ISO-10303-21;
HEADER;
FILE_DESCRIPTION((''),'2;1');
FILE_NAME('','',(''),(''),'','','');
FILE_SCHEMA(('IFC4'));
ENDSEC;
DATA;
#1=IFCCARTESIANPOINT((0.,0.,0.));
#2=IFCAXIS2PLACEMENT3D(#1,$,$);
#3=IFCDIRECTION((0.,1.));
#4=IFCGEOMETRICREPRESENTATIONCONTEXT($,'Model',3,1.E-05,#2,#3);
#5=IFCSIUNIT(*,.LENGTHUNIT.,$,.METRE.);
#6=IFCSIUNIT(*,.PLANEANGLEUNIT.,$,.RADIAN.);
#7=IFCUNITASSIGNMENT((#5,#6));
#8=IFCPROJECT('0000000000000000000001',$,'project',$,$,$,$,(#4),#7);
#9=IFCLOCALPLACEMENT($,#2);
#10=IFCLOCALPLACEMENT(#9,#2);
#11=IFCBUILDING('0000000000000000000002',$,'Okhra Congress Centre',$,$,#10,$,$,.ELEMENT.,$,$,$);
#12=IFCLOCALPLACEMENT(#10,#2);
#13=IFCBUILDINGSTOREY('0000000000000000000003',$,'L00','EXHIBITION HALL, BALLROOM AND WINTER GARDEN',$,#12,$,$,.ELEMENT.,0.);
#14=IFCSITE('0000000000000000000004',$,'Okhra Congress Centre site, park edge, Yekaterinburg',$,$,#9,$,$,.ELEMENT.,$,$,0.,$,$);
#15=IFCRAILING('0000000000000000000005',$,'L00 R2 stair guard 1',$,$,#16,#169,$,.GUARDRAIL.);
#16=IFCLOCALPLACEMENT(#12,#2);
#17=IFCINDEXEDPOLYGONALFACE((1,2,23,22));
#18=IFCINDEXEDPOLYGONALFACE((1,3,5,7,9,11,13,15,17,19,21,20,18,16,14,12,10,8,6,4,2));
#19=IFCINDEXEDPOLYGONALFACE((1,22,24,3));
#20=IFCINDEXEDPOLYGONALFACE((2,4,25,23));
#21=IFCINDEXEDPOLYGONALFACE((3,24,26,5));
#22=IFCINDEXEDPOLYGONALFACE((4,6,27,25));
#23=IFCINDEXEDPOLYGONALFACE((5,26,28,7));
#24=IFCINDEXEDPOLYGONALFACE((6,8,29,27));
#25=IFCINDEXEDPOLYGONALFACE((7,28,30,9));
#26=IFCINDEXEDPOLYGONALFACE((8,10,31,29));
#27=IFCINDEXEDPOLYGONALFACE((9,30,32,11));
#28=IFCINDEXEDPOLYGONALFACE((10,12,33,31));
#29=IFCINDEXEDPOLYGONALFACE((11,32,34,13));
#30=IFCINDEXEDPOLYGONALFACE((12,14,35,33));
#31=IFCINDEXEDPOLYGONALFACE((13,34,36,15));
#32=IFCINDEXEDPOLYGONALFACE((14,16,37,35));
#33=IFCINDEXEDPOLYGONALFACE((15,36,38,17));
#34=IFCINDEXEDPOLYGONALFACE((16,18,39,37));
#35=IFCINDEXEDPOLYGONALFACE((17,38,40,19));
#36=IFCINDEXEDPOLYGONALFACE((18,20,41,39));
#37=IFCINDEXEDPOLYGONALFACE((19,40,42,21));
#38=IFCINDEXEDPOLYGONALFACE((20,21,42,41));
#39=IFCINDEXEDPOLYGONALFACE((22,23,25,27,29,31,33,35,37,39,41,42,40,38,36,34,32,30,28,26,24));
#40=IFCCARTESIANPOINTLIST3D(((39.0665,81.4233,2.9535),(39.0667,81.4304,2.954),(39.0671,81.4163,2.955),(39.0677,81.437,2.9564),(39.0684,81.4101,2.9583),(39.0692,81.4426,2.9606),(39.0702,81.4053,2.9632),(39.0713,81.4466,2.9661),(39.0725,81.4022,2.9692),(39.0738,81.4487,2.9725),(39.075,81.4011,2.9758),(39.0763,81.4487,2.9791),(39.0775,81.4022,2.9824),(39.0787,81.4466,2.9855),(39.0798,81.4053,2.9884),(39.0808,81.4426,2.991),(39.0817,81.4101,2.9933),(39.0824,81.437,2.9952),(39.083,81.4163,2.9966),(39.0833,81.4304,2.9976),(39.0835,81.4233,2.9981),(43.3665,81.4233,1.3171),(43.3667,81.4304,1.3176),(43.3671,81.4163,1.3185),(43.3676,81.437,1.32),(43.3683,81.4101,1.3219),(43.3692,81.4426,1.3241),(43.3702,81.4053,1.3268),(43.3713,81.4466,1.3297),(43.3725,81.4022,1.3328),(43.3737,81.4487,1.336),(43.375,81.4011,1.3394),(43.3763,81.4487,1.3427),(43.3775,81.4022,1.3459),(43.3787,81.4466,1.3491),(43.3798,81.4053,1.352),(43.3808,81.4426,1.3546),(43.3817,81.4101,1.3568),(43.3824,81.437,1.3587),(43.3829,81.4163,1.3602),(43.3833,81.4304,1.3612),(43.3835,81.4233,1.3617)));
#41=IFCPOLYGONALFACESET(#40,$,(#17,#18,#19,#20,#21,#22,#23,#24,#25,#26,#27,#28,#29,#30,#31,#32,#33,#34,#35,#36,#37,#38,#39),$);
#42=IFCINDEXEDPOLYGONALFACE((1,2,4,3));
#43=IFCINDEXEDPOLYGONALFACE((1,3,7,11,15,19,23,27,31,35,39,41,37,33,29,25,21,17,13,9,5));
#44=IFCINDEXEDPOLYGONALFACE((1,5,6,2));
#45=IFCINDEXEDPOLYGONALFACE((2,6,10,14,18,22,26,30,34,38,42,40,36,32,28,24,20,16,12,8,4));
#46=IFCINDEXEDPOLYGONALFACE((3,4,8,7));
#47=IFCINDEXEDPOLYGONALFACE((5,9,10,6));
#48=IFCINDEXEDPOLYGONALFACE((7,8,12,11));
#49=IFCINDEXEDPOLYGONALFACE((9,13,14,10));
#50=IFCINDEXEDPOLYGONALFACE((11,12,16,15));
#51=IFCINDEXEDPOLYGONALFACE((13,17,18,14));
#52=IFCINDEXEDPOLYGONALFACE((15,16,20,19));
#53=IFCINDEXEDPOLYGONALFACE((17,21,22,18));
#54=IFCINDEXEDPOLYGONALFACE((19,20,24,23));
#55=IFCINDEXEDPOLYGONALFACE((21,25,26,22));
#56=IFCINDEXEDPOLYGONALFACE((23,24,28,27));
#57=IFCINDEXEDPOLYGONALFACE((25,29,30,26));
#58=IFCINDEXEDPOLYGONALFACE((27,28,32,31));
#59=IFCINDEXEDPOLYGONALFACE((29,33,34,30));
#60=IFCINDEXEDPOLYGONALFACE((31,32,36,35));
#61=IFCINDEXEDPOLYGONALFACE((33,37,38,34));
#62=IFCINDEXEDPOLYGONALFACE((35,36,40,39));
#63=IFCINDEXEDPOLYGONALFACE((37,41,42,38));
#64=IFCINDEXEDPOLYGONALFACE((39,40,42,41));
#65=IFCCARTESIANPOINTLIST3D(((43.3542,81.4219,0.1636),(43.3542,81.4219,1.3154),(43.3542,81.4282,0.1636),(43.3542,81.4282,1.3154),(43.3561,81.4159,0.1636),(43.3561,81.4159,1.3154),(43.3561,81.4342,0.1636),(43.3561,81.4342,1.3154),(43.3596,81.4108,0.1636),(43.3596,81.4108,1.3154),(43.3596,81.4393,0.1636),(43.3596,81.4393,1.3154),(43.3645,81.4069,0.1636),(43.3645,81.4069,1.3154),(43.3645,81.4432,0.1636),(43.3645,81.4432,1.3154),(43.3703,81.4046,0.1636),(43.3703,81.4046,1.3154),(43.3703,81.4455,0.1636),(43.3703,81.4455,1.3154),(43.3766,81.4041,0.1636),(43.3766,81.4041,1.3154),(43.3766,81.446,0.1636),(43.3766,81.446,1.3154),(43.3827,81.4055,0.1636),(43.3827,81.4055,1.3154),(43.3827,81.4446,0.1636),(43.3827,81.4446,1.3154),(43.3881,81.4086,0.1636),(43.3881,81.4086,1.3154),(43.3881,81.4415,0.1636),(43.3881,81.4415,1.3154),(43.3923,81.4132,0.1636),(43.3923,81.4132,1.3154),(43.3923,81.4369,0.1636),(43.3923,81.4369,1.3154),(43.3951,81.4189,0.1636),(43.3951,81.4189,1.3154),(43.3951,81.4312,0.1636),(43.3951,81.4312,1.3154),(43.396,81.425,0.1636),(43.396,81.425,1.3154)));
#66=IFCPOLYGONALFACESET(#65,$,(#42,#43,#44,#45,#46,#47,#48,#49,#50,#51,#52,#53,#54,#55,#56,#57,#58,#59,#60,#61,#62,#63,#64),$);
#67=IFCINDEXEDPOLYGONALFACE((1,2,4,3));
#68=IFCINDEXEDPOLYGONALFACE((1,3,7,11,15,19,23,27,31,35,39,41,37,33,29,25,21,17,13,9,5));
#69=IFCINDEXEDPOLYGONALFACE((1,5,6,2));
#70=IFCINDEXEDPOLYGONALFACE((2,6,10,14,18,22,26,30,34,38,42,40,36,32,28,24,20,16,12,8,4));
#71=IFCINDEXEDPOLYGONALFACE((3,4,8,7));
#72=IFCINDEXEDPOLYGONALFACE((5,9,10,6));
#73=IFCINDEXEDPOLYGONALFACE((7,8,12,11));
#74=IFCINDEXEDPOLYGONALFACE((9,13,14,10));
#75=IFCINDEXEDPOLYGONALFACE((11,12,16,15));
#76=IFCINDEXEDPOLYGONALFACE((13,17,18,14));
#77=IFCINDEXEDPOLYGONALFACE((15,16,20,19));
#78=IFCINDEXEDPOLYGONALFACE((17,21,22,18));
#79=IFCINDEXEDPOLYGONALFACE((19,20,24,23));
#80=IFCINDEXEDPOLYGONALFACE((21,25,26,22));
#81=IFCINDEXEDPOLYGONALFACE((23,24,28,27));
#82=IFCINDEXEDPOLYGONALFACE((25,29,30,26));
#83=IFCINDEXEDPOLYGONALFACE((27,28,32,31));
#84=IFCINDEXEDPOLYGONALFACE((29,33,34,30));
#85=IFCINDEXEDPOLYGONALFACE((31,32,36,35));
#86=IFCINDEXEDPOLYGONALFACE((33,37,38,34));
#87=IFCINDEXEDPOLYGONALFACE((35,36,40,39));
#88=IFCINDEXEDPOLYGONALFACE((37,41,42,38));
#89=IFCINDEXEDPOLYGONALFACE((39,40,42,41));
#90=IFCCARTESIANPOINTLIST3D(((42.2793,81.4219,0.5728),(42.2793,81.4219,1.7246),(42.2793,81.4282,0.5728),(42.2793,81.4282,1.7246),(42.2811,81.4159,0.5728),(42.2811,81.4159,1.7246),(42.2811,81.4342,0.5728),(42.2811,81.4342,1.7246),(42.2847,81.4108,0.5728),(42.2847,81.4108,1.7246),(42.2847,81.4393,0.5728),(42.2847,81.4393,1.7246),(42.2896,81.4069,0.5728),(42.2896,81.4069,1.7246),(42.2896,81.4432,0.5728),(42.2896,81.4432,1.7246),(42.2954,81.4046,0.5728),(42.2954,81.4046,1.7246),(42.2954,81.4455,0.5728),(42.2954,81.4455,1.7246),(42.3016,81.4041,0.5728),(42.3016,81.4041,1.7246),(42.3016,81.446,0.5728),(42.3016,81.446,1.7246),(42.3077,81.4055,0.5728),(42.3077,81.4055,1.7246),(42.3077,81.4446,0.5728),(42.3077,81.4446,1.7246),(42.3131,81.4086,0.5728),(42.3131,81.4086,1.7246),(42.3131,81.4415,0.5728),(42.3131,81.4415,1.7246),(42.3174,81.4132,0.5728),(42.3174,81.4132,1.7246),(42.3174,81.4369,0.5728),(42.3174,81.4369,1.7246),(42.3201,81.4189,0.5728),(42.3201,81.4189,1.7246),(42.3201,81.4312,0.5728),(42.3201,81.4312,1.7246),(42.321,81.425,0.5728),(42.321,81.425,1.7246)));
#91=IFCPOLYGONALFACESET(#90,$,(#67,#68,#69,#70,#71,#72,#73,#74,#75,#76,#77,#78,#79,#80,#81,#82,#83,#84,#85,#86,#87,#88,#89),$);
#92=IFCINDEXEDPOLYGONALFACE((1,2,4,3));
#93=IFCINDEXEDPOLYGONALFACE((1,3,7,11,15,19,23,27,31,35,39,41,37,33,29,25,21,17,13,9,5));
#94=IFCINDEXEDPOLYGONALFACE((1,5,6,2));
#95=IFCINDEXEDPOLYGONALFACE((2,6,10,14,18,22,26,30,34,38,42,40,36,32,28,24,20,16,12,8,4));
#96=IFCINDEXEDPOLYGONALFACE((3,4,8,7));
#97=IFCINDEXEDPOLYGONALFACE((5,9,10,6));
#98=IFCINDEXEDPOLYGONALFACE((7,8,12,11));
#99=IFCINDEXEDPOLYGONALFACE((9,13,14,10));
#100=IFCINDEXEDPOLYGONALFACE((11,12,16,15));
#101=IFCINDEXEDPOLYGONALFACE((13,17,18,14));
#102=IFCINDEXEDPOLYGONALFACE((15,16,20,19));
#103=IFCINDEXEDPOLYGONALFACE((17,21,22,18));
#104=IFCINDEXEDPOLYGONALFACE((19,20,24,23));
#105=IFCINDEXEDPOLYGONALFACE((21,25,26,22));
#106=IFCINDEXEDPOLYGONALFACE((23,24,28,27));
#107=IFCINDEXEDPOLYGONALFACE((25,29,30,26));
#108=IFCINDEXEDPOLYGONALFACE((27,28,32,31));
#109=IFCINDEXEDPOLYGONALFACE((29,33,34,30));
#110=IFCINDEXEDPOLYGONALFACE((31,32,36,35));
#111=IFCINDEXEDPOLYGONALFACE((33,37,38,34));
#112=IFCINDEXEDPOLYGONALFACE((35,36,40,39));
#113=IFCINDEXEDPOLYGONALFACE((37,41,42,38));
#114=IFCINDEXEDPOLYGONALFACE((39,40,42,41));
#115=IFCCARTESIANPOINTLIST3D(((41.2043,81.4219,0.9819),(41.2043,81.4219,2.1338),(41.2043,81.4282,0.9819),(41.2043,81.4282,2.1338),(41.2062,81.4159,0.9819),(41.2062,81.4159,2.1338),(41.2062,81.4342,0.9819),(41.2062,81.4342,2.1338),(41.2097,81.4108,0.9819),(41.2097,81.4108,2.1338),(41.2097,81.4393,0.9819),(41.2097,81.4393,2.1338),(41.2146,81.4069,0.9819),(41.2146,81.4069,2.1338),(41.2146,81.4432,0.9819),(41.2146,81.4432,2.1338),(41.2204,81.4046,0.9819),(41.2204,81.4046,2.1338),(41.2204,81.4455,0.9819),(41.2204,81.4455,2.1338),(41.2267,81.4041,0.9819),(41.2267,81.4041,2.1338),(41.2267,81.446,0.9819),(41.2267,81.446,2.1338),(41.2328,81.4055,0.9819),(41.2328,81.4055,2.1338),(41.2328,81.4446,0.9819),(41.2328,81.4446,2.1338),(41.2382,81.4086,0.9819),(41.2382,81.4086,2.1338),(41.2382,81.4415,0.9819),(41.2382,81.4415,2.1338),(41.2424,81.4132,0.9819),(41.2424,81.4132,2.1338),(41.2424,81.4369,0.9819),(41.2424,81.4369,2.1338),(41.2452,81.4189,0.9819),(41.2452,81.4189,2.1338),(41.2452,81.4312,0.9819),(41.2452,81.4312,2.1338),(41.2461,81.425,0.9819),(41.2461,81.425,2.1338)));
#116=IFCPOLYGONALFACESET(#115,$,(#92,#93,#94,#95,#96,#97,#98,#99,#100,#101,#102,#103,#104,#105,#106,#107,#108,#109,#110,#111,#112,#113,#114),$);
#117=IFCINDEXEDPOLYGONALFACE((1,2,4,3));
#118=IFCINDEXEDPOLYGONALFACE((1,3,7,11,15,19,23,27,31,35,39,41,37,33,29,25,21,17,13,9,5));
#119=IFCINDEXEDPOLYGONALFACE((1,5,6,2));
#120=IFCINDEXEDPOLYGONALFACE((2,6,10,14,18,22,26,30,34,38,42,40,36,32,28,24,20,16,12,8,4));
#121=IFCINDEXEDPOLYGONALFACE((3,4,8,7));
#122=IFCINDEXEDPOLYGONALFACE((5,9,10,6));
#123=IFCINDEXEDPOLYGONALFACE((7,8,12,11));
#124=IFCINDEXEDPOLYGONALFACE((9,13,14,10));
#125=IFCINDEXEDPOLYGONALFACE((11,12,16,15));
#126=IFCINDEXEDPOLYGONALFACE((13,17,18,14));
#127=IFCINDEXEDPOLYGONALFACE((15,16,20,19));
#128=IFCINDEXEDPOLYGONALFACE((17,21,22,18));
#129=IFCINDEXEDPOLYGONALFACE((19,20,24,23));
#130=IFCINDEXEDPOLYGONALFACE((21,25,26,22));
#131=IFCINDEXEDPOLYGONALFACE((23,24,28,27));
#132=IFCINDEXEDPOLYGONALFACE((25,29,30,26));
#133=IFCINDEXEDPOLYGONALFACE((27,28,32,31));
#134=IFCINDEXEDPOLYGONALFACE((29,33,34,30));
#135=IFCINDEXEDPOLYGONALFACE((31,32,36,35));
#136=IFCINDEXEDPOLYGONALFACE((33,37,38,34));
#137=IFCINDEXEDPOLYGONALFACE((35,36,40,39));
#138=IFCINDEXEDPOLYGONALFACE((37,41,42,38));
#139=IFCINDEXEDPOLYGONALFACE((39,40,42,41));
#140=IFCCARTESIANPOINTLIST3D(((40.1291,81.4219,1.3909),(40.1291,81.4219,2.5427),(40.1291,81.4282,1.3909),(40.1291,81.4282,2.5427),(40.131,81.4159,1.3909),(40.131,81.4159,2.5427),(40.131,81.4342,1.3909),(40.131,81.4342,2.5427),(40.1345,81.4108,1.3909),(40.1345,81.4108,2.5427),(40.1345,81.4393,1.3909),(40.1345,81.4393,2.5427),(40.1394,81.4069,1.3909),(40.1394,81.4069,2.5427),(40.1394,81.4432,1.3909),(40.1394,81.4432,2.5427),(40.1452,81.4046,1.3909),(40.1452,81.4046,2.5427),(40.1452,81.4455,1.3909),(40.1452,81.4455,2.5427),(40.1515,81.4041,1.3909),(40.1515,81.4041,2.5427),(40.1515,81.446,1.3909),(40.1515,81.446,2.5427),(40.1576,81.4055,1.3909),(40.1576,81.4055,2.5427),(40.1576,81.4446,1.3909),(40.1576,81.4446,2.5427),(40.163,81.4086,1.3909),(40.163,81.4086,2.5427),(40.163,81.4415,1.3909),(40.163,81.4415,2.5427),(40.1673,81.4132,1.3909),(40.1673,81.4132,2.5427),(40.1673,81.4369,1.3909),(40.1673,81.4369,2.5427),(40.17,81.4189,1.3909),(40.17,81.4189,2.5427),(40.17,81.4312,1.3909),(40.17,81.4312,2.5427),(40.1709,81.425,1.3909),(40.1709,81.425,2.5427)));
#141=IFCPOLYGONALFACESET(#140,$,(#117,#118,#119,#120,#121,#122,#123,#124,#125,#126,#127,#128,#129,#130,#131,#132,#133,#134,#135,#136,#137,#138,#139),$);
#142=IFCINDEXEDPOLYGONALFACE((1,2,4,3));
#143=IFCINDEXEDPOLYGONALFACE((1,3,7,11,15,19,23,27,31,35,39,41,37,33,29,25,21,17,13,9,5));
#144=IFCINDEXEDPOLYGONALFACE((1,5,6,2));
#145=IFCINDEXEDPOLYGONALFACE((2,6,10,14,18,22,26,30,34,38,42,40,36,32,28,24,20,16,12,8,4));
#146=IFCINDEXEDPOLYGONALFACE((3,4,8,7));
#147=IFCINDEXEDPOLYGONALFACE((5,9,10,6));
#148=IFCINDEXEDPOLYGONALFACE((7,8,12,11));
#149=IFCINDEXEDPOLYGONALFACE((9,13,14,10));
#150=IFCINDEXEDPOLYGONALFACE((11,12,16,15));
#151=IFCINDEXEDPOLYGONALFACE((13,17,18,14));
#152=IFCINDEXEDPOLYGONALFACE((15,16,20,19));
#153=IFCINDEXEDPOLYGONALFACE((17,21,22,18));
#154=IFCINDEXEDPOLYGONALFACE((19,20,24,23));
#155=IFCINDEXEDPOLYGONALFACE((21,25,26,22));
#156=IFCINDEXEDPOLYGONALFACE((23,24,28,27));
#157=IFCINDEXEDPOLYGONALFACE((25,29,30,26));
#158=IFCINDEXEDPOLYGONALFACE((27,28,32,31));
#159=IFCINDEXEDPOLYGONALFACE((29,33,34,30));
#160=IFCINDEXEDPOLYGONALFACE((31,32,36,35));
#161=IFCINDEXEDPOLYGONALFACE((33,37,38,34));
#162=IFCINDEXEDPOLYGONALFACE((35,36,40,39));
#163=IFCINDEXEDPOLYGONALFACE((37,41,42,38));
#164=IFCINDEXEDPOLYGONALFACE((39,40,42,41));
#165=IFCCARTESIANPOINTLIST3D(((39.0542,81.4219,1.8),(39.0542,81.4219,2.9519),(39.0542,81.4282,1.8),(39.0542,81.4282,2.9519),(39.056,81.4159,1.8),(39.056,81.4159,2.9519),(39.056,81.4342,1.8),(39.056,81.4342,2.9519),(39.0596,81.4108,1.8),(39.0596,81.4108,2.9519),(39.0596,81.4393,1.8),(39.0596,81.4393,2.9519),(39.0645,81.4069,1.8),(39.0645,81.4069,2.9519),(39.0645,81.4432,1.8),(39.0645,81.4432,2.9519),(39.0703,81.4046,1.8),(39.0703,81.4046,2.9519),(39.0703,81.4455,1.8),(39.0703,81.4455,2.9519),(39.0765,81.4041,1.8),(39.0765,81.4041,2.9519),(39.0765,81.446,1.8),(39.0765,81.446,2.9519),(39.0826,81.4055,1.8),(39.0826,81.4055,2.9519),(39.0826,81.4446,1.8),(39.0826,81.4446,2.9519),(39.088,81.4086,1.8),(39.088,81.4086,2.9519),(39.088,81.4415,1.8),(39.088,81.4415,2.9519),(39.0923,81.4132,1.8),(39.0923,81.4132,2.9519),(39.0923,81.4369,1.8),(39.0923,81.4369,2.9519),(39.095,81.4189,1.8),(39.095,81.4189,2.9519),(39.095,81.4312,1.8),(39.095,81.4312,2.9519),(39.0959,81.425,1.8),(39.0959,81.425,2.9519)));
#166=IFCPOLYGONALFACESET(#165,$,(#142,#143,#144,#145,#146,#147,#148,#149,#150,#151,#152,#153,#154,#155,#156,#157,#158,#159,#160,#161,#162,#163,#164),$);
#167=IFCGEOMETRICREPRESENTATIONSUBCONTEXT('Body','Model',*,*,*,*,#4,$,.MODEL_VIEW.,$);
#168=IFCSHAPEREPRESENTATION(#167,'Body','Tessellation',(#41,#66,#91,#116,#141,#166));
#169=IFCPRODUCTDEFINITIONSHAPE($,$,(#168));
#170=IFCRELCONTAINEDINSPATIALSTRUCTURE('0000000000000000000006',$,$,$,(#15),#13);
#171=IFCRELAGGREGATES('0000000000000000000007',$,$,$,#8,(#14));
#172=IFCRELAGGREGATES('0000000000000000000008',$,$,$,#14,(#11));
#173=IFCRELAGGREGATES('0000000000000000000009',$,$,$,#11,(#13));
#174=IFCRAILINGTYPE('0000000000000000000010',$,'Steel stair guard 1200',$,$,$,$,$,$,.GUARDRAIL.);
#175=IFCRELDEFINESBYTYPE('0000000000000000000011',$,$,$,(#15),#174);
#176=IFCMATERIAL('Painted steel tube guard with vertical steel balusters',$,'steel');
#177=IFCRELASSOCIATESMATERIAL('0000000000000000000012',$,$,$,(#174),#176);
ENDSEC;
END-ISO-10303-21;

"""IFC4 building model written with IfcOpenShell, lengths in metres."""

from ifc_helpers import new_model, si_unit, direction, frame, origin, origin_2d, place, context, subcontext, project, spatial, circle, extrude, material, type_object, element, save


model = new_model("IFC4")

# Units and contexts
model_context = context("Model", 3, precision=1e-05, world=origin(), true_north=direction((0.0, 1.0)))
body_context = subcontext(model_context, "Body", "Model", "MODEL_VIEW")
ifc_project = project(units=[si_unit("LENGTHUNIT", "METRE"), si_unit("PLANEANGLEUNIT", "RADIAN")], contexts=[model_context])

# Site, building, storey
site_placement = place(None, origin())
site = spatial("IfcSite", under=ifc_project, at=site_placement, Name="Okhra Congress Centre site, park edge, Yekaterinburg", CompositionType="ELEMENT", RefElevation=0.0)
building_placement = place(site_placement, origin())
building = spatial("IfcBuilding", under=site, at=building_placement, Name="Okhra Congress Centre", CompositionType="ELEMENT")
storey_placement = place(building_placement, origin())
storey = spatial("IfcBuildingStorey", under=building, at=storey_placement, Name="L00", Description="EXHIBITION HALL, BALLROOM AND WINTER GARDEN", CompositionType="ELEMENT", Elevation=0.0)

# Railing
ifc_material_1 = material(Name="Painted steel tube guard with vertical steel balusters", Category="steel")
railing_type_1 = type_object("IfcRailingType", Name="Steel stair guard 1200", PredefinedType="GUARDRAIL", material=ifc_material_1)
railing_1_placement = place(storey_placement, frame((43.375, 81.425, 0.1636)))
element("IfcRailing", 1, at=railing_1_placement, inside=storey, type_object=railing_type_1, Name="L00 R2 stair guard 1", PredefinedType="GUARDRAIL", context=body_context, shape_type="SweptSolid", body=[
    extrude(circle(Radius=0.0239, at=origin_2d()), frame((0.0, 0.0, 1.1758), z_axis=(-0.934606, 0.0, 0.355684), x_axis=(0.0, -1.0, 0.0)), (0.0, 0.0, 1.0), 4.6008),
    extrude(circle(Radius=0.021, at=origin_2d()), origin(), (0.0, 0.0, 1.0), 1.1519),
    extrude(circle(Radius=0.021, at=origin_2d()), frame((-1.075, 0.0, 0.4092)), (0.0, 0.0, 1.0), 1.1519),
    extrude(circle(Radius=0.021, at=origin_2d()), frame((-2.1499, 0.0, 0.8184)), (0.0, 0.0, 1.0), 1.1519),
    extrude(circle(Radius=0.021, at=origin_2d()), frame((-3.2251, 0.0, 1.2273)), (0.0, 0.0, 1.0), 1.1519),
    extrude(circle(Radius=0.021, at=origin_2d()), frame((-4.3, 0.0, 1.6365)), (0.0, 0.0, 1.0), 1.1519),
])

save(model, "model.ifc")
